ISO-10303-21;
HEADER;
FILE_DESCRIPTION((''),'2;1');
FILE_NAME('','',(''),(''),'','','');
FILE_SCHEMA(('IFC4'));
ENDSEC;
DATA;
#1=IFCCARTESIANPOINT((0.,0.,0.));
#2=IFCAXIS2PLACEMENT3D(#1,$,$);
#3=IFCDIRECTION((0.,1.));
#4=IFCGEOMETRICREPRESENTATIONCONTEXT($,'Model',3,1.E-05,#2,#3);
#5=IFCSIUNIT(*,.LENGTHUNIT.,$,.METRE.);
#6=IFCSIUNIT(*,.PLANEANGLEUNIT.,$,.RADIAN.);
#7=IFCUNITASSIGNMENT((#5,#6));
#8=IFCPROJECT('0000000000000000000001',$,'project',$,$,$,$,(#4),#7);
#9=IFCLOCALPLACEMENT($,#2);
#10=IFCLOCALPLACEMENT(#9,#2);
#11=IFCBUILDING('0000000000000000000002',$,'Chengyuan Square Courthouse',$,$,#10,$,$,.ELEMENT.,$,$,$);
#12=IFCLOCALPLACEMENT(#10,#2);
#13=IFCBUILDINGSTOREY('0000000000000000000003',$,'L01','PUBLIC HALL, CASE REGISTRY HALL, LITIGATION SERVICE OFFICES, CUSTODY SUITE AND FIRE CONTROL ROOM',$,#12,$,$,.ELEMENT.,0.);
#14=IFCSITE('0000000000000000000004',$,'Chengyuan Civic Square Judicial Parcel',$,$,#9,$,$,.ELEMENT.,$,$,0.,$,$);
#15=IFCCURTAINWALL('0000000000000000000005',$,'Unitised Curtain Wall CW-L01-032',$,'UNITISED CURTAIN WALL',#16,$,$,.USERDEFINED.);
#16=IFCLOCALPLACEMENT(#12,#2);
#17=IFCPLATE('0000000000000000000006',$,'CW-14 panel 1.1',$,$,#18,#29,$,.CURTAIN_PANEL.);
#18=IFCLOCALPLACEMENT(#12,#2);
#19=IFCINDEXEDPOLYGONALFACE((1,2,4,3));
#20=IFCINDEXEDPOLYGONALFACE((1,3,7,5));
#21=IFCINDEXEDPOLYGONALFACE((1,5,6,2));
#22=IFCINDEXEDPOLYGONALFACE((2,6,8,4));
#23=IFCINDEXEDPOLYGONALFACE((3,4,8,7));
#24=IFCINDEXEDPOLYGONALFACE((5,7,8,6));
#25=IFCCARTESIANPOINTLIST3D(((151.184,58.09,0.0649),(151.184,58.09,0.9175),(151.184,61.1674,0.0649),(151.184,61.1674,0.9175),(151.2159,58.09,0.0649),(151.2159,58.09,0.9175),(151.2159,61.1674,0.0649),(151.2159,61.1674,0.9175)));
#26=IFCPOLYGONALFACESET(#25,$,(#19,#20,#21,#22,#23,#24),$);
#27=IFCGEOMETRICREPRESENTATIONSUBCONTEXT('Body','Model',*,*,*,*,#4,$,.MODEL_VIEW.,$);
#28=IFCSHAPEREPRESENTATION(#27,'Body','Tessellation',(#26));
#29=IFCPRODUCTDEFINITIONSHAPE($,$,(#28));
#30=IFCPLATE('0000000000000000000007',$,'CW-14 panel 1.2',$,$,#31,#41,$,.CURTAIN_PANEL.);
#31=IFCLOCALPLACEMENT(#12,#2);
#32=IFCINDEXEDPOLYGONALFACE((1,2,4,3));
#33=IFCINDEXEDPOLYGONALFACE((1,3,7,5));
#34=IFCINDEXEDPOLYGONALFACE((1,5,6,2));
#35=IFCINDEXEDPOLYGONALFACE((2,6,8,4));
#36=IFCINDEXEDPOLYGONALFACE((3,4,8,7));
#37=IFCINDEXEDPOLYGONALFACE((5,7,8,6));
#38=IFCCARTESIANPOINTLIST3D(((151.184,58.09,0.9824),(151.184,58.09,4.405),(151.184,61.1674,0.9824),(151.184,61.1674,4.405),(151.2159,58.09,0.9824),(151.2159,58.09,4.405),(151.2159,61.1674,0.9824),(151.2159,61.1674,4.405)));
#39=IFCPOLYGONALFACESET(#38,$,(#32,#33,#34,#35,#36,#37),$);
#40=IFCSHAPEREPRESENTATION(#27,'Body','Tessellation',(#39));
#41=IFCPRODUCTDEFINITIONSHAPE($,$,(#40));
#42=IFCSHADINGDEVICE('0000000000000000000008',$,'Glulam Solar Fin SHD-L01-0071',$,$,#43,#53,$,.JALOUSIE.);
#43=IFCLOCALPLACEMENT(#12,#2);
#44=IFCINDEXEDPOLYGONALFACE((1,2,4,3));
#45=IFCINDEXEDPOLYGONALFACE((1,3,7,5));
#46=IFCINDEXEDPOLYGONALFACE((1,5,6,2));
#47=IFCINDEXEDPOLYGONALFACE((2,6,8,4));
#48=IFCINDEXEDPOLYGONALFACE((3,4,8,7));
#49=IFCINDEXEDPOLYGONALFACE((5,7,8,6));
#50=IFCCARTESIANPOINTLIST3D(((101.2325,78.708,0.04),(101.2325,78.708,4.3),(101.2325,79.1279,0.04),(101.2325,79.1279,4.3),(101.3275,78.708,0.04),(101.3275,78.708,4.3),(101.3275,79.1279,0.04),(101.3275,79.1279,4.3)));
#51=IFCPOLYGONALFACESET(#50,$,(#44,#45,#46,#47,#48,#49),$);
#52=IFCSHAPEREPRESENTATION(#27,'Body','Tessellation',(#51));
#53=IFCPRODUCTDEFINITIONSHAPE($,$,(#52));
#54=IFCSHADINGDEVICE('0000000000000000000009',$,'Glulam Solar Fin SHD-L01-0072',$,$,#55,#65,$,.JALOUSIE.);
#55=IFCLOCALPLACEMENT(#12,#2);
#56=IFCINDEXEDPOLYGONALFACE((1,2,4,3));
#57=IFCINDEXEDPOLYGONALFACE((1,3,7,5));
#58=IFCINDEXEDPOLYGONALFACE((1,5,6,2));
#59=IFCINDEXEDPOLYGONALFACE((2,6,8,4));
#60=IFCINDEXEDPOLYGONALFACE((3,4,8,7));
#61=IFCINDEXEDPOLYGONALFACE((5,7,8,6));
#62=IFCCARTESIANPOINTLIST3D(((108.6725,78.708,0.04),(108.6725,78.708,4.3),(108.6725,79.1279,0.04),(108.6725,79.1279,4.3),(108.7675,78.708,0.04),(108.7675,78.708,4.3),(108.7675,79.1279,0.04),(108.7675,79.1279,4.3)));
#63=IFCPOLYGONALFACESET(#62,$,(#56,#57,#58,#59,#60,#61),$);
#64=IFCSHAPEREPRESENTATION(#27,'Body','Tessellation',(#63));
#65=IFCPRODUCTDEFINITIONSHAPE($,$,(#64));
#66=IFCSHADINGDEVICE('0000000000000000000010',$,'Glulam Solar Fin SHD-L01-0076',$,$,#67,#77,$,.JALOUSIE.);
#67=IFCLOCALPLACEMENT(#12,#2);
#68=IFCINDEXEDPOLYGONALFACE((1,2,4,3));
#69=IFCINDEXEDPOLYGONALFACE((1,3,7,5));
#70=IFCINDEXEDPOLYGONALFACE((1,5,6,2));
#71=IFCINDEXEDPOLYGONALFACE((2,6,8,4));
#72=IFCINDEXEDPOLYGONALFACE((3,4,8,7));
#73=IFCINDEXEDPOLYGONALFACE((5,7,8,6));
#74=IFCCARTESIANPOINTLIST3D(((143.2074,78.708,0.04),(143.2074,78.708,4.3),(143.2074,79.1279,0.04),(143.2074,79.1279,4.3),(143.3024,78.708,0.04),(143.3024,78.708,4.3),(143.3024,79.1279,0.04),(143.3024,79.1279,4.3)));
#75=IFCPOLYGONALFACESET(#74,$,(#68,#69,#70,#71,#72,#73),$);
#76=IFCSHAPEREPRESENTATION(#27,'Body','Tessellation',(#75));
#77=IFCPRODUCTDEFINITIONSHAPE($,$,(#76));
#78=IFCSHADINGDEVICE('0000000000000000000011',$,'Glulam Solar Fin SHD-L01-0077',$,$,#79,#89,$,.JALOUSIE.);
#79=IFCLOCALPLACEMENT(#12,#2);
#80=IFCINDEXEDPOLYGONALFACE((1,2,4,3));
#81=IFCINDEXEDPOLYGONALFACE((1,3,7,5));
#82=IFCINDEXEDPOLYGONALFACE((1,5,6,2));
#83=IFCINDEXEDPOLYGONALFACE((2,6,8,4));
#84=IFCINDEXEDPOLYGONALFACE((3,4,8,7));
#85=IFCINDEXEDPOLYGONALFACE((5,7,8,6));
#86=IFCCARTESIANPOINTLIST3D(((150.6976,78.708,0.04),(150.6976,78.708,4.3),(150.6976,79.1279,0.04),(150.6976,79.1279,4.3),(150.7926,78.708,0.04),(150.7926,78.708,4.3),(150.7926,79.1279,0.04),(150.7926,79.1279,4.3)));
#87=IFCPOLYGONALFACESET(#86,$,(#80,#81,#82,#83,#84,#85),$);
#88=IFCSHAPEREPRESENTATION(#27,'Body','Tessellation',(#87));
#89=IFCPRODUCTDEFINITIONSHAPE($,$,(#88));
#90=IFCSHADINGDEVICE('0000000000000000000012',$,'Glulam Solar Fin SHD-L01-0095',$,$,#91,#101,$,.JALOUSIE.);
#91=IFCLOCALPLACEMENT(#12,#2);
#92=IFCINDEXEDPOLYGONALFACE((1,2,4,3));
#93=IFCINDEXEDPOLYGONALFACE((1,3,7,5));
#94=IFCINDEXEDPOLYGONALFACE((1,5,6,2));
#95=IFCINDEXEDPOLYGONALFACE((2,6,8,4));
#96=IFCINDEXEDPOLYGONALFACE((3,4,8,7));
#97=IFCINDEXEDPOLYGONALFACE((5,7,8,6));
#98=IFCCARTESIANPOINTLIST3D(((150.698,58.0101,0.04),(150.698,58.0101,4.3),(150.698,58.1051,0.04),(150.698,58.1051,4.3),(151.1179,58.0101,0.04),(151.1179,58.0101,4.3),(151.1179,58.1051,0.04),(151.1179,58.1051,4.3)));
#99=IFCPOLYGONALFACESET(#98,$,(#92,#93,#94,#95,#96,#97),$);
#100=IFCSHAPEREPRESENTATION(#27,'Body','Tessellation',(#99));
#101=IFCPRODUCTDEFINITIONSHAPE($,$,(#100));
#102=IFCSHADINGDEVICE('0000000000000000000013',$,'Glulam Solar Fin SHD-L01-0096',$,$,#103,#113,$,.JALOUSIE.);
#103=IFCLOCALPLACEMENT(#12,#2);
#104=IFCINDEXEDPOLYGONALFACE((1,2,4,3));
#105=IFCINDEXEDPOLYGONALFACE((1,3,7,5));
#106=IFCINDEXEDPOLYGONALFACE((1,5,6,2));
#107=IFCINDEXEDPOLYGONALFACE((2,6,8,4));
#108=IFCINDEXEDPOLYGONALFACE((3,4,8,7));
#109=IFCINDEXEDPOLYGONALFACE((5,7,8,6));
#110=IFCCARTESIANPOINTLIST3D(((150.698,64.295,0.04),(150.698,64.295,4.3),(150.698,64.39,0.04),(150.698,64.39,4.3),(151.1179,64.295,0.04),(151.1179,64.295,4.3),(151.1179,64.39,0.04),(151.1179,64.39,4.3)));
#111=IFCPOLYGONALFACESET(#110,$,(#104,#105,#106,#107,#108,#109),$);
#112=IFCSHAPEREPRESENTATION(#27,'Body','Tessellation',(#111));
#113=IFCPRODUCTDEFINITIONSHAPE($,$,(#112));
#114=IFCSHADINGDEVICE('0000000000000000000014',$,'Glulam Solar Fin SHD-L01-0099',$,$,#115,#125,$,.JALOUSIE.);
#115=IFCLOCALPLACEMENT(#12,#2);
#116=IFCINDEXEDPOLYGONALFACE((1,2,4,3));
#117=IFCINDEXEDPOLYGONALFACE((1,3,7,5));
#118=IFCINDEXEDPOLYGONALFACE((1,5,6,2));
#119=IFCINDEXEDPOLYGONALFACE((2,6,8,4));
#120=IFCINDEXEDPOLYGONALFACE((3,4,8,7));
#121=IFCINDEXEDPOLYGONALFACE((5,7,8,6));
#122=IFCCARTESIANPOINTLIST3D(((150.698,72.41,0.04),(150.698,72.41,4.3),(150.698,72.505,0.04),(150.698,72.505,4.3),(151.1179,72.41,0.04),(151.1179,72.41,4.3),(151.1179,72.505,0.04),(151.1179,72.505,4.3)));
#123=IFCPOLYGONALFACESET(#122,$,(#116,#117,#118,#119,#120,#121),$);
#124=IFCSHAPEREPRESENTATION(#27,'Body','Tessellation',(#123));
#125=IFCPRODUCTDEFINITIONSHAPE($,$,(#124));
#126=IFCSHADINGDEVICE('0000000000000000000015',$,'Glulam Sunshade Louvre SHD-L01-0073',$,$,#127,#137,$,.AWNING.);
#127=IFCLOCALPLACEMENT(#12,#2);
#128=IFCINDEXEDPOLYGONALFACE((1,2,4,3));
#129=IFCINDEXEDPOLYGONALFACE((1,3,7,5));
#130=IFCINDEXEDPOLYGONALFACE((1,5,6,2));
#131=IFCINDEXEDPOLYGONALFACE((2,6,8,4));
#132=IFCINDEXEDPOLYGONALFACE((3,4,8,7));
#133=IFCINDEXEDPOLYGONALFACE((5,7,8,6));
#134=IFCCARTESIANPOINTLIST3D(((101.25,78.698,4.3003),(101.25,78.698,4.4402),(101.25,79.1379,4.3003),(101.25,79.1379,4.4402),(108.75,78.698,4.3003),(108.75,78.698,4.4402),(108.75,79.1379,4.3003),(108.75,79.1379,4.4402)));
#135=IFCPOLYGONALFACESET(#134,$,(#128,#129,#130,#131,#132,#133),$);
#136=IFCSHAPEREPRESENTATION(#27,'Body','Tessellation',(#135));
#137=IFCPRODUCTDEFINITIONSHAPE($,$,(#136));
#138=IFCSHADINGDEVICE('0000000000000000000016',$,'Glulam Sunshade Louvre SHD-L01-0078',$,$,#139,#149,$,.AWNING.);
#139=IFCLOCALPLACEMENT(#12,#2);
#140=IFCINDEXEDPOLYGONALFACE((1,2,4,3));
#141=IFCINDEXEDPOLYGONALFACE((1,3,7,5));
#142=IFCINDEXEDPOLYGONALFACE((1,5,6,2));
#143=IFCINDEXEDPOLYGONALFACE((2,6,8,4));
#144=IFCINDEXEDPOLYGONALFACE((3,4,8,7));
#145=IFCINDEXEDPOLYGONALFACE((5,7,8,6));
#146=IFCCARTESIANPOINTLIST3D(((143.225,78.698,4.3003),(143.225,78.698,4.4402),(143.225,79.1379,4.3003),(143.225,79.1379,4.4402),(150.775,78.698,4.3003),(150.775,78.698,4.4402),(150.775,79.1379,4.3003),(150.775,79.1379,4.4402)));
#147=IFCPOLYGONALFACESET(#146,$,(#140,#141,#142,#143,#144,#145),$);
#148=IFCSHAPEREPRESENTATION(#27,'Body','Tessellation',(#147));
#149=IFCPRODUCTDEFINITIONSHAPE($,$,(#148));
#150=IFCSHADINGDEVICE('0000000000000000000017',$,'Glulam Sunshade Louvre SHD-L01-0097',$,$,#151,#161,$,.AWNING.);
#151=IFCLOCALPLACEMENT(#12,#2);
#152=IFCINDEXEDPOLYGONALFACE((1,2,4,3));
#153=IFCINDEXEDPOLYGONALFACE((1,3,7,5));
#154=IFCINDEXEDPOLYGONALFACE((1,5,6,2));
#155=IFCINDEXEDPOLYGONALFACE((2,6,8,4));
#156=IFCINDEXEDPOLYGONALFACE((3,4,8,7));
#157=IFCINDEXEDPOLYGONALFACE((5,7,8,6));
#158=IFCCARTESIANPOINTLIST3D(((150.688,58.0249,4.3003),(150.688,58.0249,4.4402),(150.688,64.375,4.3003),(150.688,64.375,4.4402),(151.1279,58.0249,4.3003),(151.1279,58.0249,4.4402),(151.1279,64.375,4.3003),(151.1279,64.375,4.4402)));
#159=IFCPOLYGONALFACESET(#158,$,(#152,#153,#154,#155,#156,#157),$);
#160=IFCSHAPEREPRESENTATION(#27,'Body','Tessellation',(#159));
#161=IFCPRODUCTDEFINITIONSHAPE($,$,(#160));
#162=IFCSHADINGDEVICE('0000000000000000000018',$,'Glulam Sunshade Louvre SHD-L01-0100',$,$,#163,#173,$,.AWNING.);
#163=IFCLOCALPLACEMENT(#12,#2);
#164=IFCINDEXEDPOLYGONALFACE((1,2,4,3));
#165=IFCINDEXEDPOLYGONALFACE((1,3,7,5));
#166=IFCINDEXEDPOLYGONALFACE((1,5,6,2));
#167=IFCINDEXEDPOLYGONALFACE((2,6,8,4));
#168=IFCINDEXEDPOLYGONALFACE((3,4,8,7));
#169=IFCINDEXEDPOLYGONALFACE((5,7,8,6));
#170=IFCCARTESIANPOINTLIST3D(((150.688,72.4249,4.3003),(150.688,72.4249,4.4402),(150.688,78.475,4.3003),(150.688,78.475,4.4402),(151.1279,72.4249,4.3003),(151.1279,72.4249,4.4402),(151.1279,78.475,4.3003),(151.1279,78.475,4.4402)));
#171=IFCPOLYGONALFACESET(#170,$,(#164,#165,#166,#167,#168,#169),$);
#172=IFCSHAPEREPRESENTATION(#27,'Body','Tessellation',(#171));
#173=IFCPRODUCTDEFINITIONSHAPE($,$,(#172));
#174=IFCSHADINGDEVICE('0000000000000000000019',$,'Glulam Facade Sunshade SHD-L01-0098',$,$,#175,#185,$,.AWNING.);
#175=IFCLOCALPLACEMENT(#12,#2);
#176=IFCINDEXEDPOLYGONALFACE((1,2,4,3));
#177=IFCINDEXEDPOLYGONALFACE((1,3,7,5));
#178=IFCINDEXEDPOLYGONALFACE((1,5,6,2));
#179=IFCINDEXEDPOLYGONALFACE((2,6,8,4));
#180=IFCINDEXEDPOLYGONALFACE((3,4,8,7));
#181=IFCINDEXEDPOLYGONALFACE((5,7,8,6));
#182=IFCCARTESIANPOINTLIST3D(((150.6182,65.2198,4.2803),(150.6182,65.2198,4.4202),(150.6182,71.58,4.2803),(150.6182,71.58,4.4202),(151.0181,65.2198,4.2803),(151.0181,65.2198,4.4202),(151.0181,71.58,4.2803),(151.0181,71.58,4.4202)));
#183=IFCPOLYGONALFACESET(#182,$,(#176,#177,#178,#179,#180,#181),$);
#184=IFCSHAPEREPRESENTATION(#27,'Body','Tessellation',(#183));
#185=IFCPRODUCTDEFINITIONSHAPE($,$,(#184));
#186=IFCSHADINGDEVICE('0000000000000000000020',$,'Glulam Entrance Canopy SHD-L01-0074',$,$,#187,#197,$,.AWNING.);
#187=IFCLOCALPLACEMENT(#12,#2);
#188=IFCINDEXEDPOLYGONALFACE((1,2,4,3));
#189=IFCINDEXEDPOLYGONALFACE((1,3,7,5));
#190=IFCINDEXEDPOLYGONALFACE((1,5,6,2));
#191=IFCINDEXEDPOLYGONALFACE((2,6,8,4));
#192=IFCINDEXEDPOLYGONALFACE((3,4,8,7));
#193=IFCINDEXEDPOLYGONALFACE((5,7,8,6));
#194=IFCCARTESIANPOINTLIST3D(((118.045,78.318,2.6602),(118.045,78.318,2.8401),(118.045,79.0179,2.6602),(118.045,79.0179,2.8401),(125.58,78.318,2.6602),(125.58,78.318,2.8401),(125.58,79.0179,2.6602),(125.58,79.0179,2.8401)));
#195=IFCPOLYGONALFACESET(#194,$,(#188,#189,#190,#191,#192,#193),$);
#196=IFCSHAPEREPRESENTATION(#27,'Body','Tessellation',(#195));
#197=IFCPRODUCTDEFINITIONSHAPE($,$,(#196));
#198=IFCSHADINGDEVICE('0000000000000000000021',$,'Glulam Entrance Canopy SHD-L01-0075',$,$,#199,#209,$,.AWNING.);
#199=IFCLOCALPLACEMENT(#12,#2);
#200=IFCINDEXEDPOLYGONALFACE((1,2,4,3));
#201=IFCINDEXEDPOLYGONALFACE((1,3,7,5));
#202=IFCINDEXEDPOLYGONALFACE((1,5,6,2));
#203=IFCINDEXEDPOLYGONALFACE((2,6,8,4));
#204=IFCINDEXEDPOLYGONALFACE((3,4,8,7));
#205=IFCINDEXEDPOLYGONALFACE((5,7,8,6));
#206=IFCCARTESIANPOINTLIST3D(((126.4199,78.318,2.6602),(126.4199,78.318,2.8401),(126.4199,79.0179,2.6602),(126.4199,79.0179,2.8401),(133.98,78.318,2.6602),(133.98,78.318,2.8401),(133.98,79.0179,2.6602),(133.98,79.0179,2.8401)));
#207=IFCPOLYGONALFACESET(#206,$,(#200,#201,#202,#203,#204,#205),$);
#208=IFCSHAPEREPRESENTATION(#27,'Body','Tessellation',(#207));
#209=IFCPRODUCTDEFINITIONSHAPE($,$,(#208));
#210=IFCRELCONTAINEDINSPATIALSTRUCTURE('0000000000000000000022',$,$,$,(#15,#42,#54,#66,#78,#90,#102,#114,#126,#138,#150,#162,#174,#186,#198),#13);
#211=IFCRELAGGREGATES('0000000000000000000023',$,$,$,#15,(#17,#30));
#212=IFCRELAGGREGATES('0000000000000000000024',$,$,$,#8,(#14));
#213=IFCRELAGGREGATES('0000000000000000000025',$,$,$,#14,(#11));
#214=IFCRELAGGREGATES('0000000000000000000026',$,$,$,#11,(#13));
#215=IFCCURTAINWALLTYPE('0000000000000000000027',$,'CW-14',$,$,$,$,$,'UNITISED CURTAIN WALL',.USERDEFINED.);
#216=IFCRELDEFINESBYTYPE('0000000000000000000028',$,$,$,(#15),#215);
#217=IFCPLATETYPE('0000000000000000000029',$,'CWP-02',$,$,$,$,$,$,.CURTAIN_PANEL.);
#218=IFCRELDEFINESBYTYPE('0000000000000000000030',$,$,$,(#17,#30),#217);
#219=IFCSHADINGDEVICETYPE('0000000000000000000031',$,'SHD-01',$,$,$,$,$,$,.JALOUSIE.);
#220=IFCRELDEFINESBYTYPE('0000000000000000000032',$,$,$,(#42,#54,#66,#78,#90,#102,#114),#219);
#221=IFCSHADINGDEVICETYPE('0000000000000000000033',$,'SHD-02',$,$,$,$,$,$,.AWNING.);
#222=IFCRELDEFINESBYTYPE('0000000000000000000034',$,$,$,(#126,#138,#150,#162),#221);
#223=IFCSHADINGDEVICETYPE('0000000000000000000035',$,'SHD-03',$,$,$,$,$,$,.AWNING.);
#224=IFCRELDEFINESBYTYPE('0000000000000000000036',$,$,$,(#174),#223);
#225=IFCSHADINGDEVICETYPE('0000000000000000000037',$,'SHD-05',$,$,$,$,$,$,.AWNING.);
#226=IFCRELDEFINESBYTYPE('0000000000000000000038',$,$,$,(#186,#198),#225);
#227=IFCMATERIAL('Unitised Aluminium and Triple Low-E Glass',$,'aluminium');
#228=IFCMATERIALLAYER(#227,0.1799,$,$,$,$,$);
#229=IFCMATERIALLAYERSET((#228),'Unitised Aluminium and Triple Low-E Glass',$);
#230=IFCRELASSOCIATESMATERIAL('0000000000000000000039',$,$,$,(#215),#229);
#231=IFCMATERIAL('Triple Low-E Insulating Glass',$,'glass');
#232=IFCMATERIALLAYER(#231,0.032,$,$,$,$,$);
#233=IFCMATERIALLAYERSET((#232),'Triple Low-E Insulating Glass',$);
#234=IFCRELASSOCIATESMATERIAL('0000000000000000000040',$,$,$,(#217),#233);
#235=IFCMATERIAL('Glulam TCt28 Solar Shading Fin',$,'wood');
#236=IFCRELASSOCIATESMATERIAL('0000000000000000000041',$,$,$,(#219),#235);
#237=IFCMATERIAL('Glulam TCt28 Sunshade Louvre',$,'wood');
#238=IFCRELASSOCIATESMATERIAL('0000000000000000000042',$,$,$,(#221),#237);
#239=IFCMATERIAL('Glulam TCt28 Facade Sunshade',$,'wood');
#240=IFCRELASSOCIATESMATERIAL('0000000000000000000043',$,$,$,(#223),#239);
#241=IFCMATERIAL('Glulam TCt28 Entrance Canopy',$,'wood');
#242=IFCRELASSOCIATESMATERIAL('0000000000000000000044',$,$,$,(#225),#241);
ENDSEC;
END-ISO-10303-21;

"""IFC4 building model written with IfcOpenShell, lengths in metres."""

from ifc_helpers import new_model, si_unit, direction, frame, origin, origin_2d, place, context, subcontext, project, spatial, rectangle, extrude, material, layer, layer_set, type_object, element, aggregate, save


model = new_model("IFC4")

# Units and contexts
model_context = context("Model", 3, precision=1e-05, world=origin(), true_north=direction((0.0, 1.0)))
body_context = subcontext(model_context, "Body", "Model", "MODEL_VIEW")
ifc_project = project(units=[si_unit("LENGTHUNIT", "METRE"), si_unit("PLANEANGLEUNIT", "RADIAN")], contexts=[model_context])

# Site, building, storey
site_placement = place(None, origin())
site = spatial("IfcSite", under=ifc_project, at=site_placement, Name="Chengyuan Civic Square Judicial Parcel", CompositionType="ELEMENT", RefElevation=0.0)
building_placement = place(site_placement, origin())
building = spatial("IfcBuilding", under=site, at=building_placement, Name="Chengyuan Square Courthouse", CompositionType="ELEMENT")
storey_placement = place(building_placement, origin())
storey = spatial("IfcBuildingStorey", under=building, at=storey_placement, Name="L01", Description="PUBLIC HALL, CASE REGISTRY HALL, LITIGATION SERVICE OFFICES, CUSTODY SUITE AND FIRE CONTROL ROOM", CompositionType="ELEMENT", Elevation=0.0)

# Curtain wall
ifc_material_1 = material(Name="Unitised Aluminium and Triple Low-E Glass", Category="aluminium")
ifc_layer_1 = layer(ifc_material_1, 0.1799)
ifc_layer_set_1 = layer_set([ifc_layer_1], Name="Unitised Aluminium and Triple Low-E Glass")
curtain_wall_type = type_object("IfcCurtainWallType", Name="CW-14", ElementType="UNITISED CURTAIN WALL", PredefinedType="USERDEFINED", material=ifc_layer_set_1)
curtain_wall_placement = place(storey_placement, origin())
curtain_wall = element("IfcCurtainWall", 1, at=curtain_wall_placement, inside=storey, type_object=curtain_wall_type, Name="Unitised Curtain Wall CW-L01-032", ObjectType="UNITISED CURTAIN WALL", PredefinedType="USERDEFINED")

# Plates
ifc_material_2 = material(Name="Triple Low-E Insulating Glass", Category="glass")
ifc_layer_2 = layer(ifc_material_2, 0.032)
ifc_layer_set_2 = layer_set([ifc_layer_2], Name="Triple Low-E Insulating Glass")
plate_type = type_object("IfcPlateType", Name="CWP-02", PredefinedType="CURTAIN_PANEL", material=ifc_layer_set_2)
plate_1_placement = place(storey_placement, frame((151.2, 59.6287, 0.0649), z_axis=(0.0, 0.0, 1.0), x_axis=(0.0, 1.0, 0.0)))
plate_1 = element("IfcPlate", 2, at=plate_1_placement, type_object=plate_type, Name="CW-14 panel 1.1", PredefinedType="CURTAIN_PANEL", context=body_context, shape_type="SweptSolid", body=[
    extrude(rectangle(XDim=3.0774, YDim=0.032, at=origin_2d()), origin(), (0.0, 0.0, 1.0), 0.8525),
])
plate_2_placement = place(storey_placement, frame((151.2, 59.6287, 0.9824), z_axis=(0.0, 0.0, 1.0), x_axis=(0.0, 1.0, 0.0)))
plate_2 = element("IfcPlate", 3, at=plate_2_placement, type_object=plate_type, Name="CW-14 panel 1.2", PredefinedType="CURTAIN_PANEL", context=body_context, shape_type="SweptSolid", body=[
    extrude(rectangle(XDim=3.0774, YDim=0.032, at=origin_2d()), origin(), (0.0, 0.0, 1.0), 3.4226),
])
aggregate(curtain_wall, [plate_1, plate_2])

# Shading devices
ifc_material_3 = material(Name="Glulam TCt28 Solar Shading Fin", Category="wood")
shading_device_type_1 = type_object("IfcShadingDeviceType", Name="SHD-01", PredefinedType="JALOUSIE", material=ifc_material_3)
for number, where, z_axis, x_axis, name in (
    (4, (101.28, 78.918, 0.04), (0.0, 0.0, 1.0), (0.0, 1.0, 0.0), "Glulam Solar Fin SHD-L01-0071"),
    (5, (108.72, 78.918, 0.04), (0.0, 0.0, 1.0), (0.0, 1.0, 0.0), "Glulam Solar Fin SHD-L01-0072"),
    (6, (143.2549, 78.918, 0.04), (0.0, 0.0, 1.0), (0.0, 1.0, 0.0), "Glulam Solar Fin SHD-L01-0076"),
    (7, (150.7451, 78.918, 0.04), (0.0, 0.0, 1.0), (0.0, 1.0, 0.0), "Glulam Solar Fin SHD-L01-0077"),
    (8, (150.908, 58.0576, 0.04), (0.0, 0.0, 1.0), (1.0, 0.0, 0.0), "Glulam Solar Fin SHD-L01-0095"),
    (9, (150.908, 64.3425, 0.04), (0.0, 0.0, 1.0), (1.0, 0.0, 0.0), "Glulam Solar Fin SHD-L01-0096"),
    (10, (150.908, 72.4575, 0.04), (0.0, 0.0, 1.0), (1.0, 0.0, 0.0), "Glulam Solar Fin SHD-L01-0099"),
):
    element("IfcShadingDevice", number, at=place(storey_placement, frame(where, z_axis=z_axis, x_axis=x_axis)), inside=storey, type_object=shading_device_type_1, Name=name, PredefinedType="JALOUSIE", context=body_context, shape_type="SweptSolid", body=[
        extrude(rectangle(XDim=0.4199, YDim=0.095, at=origin_2d()), origin(), (0.0, 0.0, 1.0), 4.26),
    ])
ifc_material_4 = material(Name="Glulam TCt28 Sunshade Louvre", Category="wood")
shading_device_type_2 = type_object("IfcShadingDeviceType", Name="SHD-02", PredefinedType="AWNING", material=ifc_material_4)
shading_device_1_placement = place(storey_placement, frame((105.0, 78.918, 4.3003), z_axis=(0.0, 0.0, 1.0), x_axis=(1.0, 0.0, 0.0)))
element("IfcShadingDevice", 11, at=shading_device_1_placement, inside=storey, type_object=shading_device_type_2, Name="Glulam Sunshade Louvre SHD-L01-0073", PredefinedType="AWNING", context=body_context, shape_type="SweptSolid", body=[
    extrude(rectangle(XDim=7.5, YDim=0.4399, at=origin_2d()), origin(), (0.0, 0.0, 1.0), 0.1399),
])
shading_device_2_placement = place(storey_placement, frame((147.0, 78.918, 4.3003), z_axis=(0.0, 0.0, 1.0), x_axis=(1.0, 0.0, 0.0)))
element("IfcShadingDevice", 12, at=shading_device_2_placement, inside=storey, type_object=shading_device_type_2, Name="Glulam Sunshade Louvre SHD-L01-0078", PredefinedType="AWNING", context=body_context, shape_type="SweptSolid", body=[
    extrude(rectangle(XDim=7.55, YDim=0.4399, at=origin_2d()), origin(), (0.0, 0.0, 1.0), 0.1399),
])
shading_device_3_placement = place(storey_placement, frame((150.908, 61.2, 4.3003), z_axis=(0.0, 0.0, 1.0), x_axis=(0.0, 1.0, 0.0)))
element("IfcShadingDevice", 13, at=shading_device_3_placement, inside=storey, type_object=shading_device_type_2, Name="Glulam Sunshade Louvre SHD-L01-0097", PredefinedType="AWNING", context=body_context, shape_type="SweptSolid", body=[
    extrude(rectangle(XDim=6.3501, YDim=0.4399, at=origin_2d()), origin(), (0.0, 0.0, 1.0), 0.1399),
])
shading_device_4_placement = place(storey_placement, frame((150.908, 75.45, 4.3003), z_axis=(0.0, 0.0, 1.0), x_axis=(0.0, 1.0, 0.0)))
element("IfcShadingDevice", 14, at=shading_device_4_placement, inside=storey, type_object=shading_device_type_2, Name="Glulam Sunshade Louvre SHD-L01-0100", PredefinedType="AWNING", context=body_context, shape_type="SweptSolid", body=[
    extrude(rectangle(XDim=6.05, YDim=0.4399, at=origin_2d()), origin(), (0.0, 0.0, 1.0), 0.1399),
])
ifc_material_5 = material(Name="Glulam TCt28 Facade Sunshade", Category="wood")
shading_device_type_3 = type_object("IfcShadingDeviceType", Name="SHD-03", PredefinedType="AWNING", material=ifc_material_5)
shading_device_5_placement = place(storey_placement, frame((150.8181, 68.3999, 4.2803), z_axis=(0.0, 0.0, 1.0), x_axis=(0.0, 1.0, 0.0)))
element("IfcShadingDevice", 15, at=shading_device_5_placement, inside=storey, type_object=shading_device_type_3, Name="Glulam Facade Sunshade SHD-L01-0098", PredefinedType="AWNING", context=body_context, shape_type="SweptSolid", body=[
    extrude(rectangle(XDim=6.3601, YDim=0.3999, at=origin_2d()), origin(), (0.0, 0.0, 1.0), 0.1399),
])
ifc_material_6 = material(Name="Glulam TCt28 Entrance Canopy", Category="wood")
shading_device_type_4 = type_object("IfcShadingDeviceType", Name="SHD-05", PredefinedType="AWNING", material=ifc_material_6)
shading_device_6_placement = place(storey_placement, frame((121.8125, 78.668, 2.6602), z_axis=(0.0, 0.0, 1.0), x_axis=(1.0, 0.0, 0.0)))
element("IfcShadingDevice", 16, at=shading_device_6_placement, inside=storey, type_object=shading_device_type_4, Name="Glulam Entrance Canopy SHD-L01-0074", PredefinedType="AWNING", context=body_context, shape_type="SweptSolid", body=[
    extrude(rectangle(XDim=7.5349, YDim=0.7, at=origin_2d()), origin(), (0.0, 0.0, 1.0), 0.1799),
])
shading_device_7_placement = place(storey_placement, frame((130.2, 78.668, 2.6602), z_axis=(0.0, 0.0, 1.0), x_axis=(1.0, 0.0, 0.0)))
element("IfcShadingDevice", 17, at=shading_device_7_placement, inside=storey, type_object=shading_device_type_4, Name="Glulam Entrance Canopy SHD-L01-0075", PredefinedType="AWNING", context=body_context, shape_type="SweptSolid", body=[
    extrude(rectangle(XDim=7.5601, YDim=0.7, at=origin_2d()), origin(), (0.0, 0.0, 1.0), 0.1799),
])

save(model, "model.ifc")
